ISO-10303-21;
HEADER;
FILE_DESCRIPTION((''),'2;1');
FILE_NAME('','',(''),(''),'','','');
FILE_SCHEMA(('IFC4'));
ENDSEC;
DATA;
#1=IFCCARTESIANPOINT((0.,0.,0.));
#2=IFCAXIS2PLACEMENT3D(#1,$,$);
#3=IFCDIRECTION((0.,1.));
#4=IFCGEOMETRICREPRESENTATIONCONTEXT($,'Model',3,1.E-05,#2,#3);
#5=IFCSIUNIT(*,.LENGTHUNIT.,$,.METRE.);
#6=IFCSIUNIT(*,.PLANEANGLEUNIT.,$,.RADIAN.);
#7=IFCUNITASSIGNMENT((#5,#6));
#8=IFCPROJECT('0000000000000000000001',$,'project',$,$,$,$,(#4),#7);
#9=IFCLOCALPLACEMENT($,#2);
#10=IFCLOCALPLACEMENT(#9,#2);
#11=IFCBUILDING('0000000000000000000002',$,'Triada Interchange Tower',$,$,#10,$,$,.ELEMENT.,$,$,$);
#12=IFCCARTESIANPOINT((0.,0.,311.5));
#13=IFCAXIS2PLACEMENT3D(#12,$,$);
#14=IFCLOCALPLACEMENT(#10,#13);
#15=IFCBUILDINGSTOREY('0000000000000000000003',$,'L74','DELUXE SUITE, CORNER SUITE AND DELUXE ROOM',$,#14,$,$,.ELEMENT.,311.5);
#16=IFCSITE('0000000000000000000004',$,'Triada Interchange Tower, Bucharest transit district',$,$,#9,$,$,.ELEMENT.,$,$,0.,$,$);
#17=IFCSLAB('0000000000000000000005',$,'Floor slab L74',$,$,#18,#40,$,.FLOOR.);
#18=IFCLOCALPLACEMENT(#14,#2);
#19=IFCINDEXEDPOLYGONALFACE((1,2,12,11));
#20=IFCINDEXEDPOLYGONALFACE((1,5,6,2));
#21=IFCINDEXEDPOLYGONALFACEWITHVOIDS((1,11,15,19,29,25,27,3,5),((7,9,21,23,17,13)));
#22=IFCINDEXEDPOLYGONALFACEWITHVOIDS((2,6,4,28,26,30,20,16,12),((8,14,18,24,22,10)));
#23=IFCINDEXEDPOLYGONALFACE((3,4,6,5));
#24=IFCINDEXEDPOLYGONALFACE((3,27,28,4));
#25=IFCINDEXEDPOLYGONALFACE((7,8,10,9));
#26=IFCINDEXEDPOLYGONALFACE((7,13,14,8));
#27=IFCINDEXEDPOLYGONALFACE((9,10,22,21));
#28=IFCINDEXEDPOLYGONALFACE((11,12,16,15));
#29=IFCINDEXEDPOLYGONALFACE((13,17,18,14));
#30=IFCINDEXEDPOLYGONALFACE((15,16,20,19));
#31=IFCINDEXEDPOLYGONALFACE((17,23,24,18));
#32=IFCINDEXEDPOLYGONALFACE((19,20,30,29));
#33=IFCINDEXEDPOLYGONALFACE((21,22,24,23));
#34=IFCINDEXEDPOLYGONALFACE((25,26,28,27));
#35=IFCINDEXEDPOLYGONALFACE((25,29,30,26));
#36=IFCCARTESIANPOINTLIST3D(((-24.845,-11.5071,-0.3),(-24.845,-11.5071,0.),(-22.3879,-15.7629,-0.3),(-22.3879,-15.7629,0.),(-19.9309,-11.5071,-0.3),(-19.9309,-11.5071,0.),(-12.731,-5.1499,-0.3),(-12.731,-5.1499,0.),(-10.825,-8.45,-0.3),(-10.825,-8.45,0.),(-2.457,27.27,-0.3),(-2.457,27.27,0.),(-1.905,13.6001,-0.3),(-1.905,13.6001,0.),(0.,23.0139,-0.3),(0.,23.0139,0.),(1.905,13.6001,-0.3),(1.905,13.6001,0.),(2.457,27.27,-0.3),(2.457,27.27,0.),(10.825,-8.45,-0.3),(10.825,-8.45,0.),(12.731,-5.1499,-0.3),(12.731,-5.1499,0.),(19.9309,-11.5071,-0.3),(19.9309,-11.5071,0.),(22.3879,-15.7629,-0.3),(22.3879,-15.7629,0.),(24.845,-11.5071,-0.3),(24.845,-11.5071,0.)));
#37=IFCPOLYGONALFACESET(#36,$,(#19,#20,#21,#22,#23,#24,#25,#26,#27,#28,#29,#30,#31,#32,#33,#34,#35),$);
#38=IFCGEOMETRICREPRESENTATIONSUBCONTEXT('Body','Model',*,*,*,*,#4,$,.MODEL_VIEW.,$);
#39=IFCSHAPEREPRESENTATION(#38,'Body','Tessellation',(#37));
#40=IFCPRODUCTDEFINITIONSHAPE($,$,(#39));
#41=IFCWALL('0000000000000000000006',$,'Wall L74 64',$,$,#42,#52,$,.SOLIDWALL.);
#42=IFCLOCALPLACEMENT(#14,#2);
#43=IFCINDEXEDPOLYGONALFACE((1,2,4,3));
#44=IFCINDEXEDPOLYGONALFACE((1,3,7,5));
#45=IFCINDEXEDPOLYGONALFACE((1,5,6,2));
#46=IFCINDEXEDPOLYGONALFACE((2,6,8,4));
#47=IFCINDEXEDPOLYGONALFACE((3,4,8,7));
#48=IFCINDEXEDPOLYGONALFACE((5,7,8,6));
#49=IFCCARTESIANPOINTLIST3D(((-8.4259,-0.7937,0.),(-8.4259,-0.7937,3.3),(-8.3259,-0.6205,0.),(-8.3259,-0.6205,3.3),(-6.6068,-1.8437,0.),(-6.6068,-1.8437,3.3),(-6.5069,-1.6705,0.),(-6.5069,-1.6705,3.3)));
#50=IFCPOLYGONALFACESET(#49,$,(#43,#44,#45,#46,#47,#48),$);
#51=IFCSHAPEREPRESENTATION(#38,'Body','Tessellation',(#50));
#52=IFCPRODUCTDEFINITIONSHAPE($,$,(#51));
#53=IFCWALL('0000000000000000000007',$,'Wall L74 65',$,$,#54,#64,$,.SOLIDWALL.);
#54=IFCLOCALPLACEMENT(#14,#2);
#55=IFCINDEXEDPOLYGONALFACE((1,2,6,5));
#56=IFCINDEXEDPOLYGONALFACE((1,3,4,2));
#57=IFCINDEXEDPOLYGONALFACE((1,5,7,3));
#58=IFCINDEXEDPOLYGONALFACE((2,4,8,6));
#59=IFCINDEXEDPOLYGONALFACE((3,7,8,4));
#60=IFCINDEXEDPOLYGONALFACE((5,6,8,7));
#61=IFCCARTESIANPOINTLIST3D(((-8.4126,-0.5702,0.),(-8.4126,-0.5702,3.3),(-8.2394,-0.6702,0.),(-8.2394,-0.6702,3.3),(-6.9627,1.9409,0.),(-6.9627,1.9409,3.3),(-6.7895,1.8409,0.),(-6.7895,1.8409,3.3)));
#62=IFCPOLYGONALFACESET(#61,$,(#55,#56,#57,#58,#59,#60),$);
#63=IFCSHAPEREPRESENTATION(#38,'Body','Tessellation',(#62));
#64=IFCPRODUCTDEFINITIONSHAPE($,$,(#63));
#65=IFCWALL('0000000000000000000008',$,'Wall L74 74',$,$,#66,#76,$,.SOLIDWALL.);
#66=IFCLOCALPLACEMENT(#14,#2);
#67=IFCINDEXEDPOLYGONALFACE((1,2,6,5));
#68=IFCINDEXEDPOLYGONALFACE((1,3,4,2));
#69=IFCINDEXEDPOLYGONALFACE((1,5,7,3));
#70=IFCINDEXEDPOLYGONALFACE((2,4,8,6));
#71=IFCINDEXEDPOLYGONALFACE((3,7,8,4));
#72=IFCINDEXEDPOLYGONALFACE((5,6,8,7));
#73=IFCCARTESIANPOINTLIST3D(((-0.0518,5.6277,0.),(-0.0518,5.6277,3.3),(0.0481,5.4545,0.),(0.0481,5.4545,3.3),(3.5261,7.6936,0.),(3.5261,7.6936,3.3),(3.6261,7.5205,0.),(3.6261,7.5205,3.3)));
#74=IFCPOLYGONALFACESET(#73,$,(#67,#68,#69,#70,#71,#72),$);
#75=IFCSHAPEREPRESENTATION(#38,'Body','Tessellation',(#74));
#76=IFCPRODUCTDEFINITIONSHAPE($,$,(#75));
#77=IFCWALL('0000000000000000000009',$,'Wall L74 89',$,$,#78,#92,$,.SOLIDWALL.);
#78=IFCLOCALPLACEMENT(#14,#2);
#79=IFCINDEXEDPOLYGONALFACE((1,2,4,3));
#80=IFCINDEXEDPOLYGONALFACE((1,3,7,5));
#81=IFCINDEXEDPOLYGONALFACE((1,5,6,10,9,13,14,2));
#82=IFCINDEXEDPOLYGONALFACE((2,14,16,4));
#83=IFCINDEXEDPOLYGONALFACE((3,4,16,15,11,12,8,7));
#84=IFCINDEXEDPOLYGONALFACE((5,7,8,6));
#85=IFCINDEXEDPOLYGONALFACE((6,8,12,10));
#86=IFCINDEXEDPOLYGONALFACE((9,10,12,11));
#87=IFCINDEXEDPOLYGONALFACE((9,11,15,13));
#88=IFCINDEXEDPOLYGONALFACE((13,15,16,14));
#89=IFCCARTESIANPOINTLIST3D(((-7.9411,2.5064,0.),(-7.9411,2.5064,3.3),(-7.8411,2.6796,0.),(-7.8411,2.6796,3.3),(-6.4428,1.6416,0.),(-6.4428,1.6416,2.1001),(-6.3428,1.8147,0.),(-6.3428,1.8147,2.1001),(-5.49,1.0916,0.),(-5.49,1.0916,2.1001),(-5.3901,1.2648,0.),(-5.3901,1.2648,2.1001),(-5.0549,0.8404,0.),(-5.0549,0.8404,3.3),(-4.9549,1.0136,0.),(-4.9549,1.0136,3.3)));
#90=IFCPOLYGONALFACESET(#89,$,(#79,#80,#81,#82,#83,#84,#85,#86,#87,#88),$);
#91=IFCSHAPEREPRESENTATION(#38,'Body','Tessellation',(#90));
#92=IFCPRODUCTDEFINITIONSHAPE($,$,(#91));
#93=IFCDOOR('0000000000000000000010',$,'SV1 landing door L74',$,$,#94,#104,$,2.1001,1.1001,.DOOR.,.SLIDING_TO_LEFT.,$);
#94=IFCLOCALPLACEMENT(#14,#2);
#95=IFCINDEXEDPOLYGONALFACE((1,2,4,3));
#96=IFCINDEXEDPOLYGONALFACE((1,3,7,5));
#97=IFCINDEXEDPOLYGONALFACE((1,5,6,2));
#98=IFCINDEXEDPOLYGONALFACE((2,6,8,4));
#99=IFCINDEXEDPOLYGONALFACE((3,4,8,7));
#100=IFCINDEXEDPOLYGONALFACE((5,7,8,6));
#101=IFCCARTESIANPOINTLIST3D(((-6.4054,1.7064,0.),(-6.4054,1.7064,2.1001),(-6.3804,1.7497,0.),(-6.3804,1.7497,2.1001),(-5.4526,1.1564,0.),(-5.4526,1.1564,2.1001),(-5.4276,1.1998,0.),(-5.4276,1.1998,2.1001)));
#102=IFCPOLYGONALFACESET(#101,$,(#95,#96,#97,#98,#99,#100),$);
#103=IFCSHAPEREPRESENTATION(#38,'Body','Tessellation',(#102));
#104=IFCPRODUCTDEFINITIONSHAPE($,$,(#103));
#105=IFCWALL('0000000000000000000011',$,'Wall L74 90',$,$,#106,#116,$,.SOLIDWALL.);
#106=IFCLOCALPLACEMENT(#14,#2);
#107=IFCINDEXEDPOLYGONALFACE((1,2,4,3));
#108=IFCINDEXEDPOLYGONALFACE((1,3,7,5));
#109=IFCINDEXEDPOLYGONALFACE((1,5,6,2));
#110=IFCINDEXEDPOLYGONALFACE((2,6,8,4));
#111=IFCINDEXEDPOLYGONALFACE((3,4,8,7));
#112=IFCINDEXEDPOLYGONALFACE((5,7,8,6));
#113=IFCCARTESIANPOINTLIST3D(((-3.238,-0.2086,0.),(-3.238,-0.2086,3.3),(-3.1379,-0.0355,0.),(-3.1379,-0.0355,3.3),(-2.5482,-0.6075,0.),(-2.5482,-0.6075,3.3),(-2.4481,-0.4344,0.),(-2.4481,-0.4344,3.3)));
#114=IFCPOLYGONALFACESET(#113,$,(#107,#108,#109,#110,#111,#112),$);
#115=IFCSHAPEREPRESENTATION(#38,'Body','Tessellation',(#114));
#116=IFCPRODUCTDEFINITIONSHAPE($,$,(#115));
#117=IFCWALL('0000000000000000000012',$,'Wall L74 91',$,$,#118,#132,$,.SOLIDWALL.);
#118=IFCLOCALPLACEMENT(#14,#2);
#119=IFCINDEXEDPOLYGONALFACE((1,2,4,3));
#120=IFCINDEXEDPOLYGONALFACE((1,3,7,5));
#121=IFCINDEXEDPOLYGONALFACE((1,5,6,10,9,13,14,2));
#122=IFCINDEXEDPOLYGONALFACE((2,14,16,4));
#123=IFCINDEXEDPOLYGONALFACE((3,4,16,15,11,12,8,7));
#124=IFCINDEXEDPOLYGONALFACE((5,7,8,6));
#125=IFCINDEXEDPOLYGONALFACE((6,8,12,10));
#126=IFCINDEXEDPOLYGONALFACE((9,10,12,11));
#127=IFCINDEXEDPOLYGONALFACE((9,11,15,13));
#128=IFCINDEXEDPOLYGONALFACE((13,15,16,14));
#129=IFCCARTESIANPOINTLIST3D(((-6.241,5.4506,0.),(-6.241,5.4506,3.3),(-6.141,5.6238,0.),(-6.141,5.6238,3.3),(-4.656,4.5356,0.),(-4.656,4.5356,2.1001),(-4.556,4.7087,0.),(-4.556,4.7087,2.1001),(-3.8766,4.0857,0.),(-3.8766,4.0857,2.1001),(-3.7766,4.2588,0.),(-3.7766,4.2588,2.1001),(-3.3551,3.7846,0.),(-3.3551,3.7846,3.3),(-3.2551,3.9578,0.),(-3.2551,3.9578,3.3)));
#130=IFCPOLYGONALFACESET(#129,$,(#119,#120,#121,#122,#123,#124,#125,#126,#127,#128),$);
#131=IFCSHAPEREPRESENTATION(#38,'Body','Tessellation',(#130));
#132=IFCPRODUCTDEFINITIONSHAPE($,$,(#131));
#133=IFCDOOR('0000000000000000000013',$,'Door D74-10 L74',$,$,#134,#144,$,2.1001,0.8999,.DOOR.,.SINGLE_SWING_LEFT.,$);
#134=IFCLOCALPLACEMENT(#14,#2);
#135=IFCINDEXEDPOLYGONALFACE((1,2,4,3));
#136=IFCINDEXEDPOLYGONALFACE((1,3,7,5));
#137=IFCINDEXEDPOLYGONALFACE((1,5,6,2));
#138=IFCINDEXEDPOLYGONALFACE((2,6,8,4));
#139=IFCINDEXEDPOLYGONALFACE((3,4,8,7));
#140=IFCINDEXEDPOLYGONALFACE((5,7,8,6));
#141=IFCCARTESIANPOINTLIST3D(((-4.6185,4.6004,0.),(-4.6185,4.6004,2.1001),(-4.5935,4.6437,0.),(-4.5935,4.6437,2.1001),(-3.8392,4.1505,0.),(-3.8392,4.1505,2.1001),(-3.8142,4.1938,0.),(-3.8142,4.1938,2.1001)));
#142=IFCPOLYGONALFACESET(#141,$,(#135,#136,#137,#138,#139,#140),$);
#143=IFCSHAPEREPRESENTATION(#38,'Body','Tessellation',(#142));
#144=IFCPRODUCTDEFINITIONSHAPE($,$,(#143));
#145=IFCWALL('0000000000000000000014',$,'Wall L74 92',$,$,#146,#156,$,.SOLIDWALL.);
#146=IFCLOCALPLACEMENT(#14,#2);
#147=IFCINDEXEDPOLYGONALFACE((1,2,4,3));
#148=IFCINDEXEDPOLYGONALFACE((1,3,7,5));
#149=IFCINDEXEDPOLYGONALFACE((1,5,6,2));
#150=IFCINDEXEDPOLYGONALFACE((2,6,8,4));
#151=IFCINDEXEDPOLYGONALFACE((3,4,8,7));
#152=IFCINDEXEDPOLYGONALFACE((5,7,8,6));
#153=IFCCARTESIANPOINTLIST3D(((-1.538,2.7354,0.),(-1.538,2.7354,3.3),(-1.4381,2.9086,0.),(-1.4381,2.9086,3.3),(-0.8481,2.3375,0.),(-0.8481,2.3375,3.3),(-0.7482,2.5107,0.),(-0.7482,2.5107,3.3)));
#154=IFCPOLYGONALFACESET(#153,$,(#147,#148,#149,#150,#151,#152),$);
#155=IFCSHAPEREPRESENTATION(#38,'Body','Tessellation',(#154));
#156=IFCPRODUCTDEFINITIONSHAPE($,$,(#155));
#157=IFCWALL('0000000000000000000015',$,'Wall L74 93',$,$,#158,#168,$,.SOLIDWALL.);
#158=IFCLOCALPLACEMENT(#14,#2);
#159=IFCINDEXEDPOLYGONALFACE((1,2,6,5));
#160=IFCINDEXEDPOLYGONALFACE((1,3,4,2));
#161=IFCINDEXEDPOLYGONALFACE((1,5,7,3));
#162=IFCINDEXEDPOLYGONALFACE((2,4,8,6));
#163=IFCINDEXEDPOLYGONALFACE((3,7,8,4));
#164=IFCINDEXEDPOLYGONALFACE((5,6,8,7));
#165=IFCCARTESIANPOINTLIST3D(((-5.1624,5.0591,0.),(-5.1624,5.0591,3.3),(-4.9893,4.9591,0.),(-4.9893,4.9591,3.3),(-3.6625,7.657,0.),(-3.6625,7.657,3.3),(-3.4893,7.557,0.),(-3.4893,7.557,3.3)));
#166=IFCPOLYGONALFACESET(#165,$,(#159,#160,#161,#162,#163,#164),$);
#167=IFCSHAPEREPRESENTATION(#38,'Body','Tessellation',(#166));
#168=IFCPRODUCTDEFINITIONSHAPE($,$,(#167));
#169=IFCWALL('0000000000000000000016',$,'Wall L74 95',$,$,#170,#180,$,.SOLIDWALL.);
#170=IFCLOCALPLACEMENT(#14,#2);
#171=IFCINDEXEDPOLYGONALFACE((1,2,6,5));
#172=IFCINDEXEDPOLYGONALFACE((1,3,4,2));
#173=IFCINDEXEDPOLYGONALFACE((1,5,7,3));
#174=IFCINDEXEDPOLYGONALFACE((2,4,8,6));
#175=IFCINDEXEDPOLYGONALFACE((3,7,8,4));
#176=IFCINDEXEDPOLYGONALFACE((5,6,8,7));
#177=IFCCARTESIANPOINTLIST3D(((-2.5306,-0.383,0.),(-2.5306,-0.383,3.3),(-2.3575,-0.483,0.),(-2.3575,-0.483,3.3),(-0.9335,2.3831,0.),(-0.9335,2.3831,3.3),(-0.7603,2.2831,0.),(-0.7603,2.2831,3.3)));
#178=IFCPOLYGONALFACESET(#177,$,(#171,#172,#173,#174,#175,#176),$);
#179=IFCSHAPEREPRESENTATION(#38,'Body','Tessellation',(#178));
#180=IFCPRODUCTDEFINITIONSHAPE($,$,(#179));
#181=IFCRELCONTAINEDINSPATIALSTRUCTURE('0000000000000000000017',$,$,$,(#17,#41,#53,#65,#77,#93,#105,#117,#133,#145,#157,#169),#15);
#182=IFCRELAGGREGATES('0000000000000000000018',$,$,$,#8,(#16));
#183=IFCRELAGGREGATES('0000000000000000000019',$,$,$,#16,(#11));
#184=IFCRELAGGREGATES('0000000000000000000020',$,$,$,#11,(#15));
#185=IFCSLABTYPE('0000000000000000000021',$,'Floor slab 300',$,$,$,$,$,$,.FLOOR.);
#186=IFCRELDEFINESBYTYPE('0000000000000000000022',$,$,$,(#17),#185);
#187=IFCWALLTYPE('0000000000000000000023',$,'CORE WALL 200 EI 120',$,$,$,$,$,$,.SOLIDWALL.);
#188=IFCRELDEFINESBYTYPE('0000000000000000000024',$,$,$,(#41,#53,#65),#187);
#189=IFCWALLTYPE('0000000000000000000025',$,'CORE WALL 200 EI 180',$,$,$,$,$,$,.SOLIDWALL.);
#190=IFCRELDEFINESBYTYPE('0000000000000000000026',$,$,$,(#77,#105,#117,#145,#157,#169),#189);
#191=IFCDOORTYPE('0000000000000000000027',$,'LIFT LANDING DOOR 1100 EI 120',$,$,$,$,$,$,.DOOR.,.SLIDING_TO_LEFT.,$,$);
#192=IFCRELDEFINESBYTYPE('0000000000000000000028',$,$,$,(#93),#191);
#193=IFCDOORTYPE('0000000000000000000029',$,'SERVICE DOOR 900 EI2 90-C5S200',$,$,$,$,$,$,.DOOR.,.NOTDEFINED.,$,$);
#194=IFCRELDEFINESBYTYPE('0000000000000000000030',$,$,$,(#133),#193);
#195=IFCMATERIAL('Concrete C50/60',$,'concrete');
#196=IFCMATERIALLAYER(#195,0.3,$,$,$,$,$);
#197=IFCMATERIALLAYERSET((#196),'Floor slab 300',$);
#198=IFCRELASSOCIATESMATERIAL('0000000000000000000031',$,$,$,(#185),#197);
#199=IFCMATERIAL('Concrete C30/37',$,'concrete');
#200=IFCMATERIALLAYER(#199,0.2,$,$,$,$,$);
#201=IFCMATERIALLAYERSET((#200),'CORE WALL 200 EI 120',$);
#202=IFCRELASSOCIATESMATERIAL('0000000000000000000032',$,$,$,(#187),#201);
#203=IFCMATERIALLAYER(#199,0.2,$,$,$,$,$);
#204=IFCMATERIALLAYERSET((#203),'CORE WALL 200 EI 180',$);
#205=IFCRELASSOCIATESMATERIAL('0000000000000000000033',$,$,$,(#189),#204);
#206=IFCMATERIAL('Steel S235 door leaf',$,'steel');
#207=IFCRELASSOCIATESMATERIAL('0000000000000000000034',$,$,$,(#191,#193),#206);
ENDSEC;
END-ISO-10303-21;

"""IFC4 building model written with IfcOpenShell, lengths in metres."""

from ifc_helpers import new_model, si_unit, direction, frame, frame_2d, origin, place, context, subcontext, project, spatial, polyline, rectangle, outline, extrude, material, layer, layer_set, type_object, element, fill, save


model = new_model("IFC4")

# Units and contexts
model_context = context("Model", 3, precision=1e-05, world=origin(), true_north=direction((0.0, 1.0)))
body_context = subcontext(model_context, "Body", "Model", "MODEL_VIEW")
ifc_project = project(units=[si_unit("LENGTHUNIT", "METRE"), si_unit("PLANEANGLEUNIT", "RADIAN")], contexts=[model_context])

# Site, building, storey
site_placement = place(None, origin())
site = spatial("IfcSite", under=ifc_project, at=site_placement, Name="Triada Interchange Tower, Bucharest transit district", CompositionType="ELEMENT", RefElevation=0.0)
building_placement = place(site_placement, origin())
building = spatial("IfcBuilding", under=site, at=building_placement, Name="Triada Interchange Tower", CompositionType="ELEMENT")
storey_placement = place(building_placement, frame((0.0, 0.0, 311.5)))
storey = spatial("IfcBuildingStorey", under=building, at=storey_placement, Name="L74", Description="DELUXE SUITE, CORNER SUITE AND DELUXE ROOM", CompositionType="ELEMENT", Elevation=311.5)

# Slab
ifc_material_1 = material(Name="Concrete C50/60", Category="concrete")
ifc_layer_1 = layer(ifc_material_1, 0.3)
ifc_layer_set_1 = layer_set([ifc_layer_1], Name="Floor slab 300")
slab_type = type_object("IfcSlabType", Name="Floor slab 300", PredefinedType="FLOOR", material=ifc_layer_set_1)
slab_placement = place(storey_placement, frame((0.0, 0.0, -0.3)))
element("IfcSlab", 1, at=slab_placement, inside=storey, type_object=slab_type, Name="Floor slab L74", PredefinedType="FLOOR", context=body_context, shape_type="SweptSolid", body=[
    extrude(outline(polyline([(-2.457, 27.27), (-24.845, -11.5071), (-19.9309, -11.5071), (-22.3879, -15.7629), (22.3879, -15.7629), (19.9309, -11.5071), (24.845, -11.5071), (2.457, 27.27), (0.0, 23.0139), (-2.457, 27.27)]), holes=[polyline([(1.905, 13.6001), (-1.905, 13.6001), (-12.731, -5.1499), (-10.825, -8.45), (10.825, -8.45), (12.731, -5.1499), (1.905, 13.6001)])]), origin(), (0.0, 0.0, 1.0), 0.3),
])

# Walls
ifc_material_2 = material(Name="Concrete C30/37", Category="concrete")
ifc_layer_2 = layer(ifc_material_2, 0.2)
ifc_layer_set_2 = layer_set([ifc_layer_2], Name="CORE WALL 200 EI 120")
wall_type_1 = type_object("IfcWallType", Name="CORE WALL 200 EI 120", PredefinedType="SOLIDWALL", material=ifc_layer_set_2)
wall_1_placement = place(storey_placement, frame((-8.376, -0.707, 0.0), z_axis=(0.0, 0.0, 1.0), x_axis=(0.866068, -0.499927, 0.0)))
element("IfcWall", 2, at=wall_1_placement, inside=storey, type_object=wall_type_1, Name="Wall L74 64", PredefinedType="SOLIDWALL", context=body_context, shape_type="SweptSolid", body=[
    extrude(rectangle(XDim=2.1003, YDim=0.2, at=frame_2d((1.0503, 0.0))), origin(), (0.0, 0.0, 1.0), 3.3),
])
wall_2_placement = place(storey_placement, frame((-8.3259, -0.6201, 0.0), z_axis=(0.0, 0.0, 1.0), x_axis=(0.500024, 0.866012, 0.0)))
element("IfcWall", 3, at=wall_2_placement, inside=storey, type_object=wall_type_1, Name="Wall L74 65", PredefinedType="SOLIDWALL", context=body_context, shape_type="SweptSolid", body=[
    extrude(rectangle(XDim=2.8997, YDim=0.2, at=frame_2d((1.4497, 0.0))), origin(), (0.0, 0.0, 1.0), 3.3),
])
wall_3_placement = place(storey_placement, frame((-0.002, 5.541, 0.0), z_axis=(0.0, 0.0, 1.0), x_axis=(0.866002, 0.500041, 0.0)))
element("IfcWall", 4, at=wall_3_placement, inside=storey, type_object=wall_type_1, Name="Wall L74 74", PredefinedType="SOLIDWALL", context=body_context, shape_type="SweptSolid", body=[
    extrude(rectangle(XDim=4.1316, YDim=0.2, at=frame_2d((2.0659, 0.0))), origin(), (0.0, 0.0, 1.0), 3.3),
])

# Wall, opening, door
ifc_layer_3 = layer(ifc_material_2, 0.2)
ifc_layer_set_3 = layer_set([ifc_layer_3], Name="CORE WALL 200 EI 180")
wall_type_2 = type_object("IfcWallType", Name="CORE WALL 200 EI 180", PredefinedType="SOLIDWALL", material=ifc_layer_set_3)
wall_4_placement = place(storey_placement, frame((-7.8911, 2.593, 0.0), z_axis=(0.0, 0.0, 1.0), x_axis=(0.866071, -0.499921, 0.0)))
wall_4 = element("IfcWall", 5, at=wall_4_placement, inside=storey, type_object=wall_type_2, Name="Wall L74 89", PredefinedType="SOLIDWALL", context=body_context, shape_type="SweptSolid", body=[
    extrude(rectangle(XDim=3.3325, YDim=0.2, at=frame_2d((1.6663, 0.0))), origin(), (0.0, 0.0, 1.0), 3.3),
])
opening_1_placement = place(wall_4_placement, frame((1.73, 0.0, 0.0)))
opening_1 = element("IfcOpeningElement", 6, at=opening_1_placement, cuts=wall_4, PredefinedType="OPENING", context=body_context, shape_type="SweptSolid", body=[
    extrude(rectangle(XDim=1.1001, YDim=2.1001, at=frame_2d((0.55, 1.05))), frame((0.0, 0.1099, 0.0), z_axis=(0.0, -1.0, 0.0), x_axis=(1.0, 0.0, 0.0)), (0.0, 0.0, 1.0), 0.22),
])
ifc_material_3 = material(Name="Steel S235 door leaf", Category="steel")
door_type_1 = type_object("IfcDoorType", Name="LIFT LANDING DOOR 1100 EI 120", OperationType="SLIDING_TO_LEFT", PredefinedType="DOOR", material=ifc_material_3)
door_1_placement = place(opening_1_placement, origin())
door_1 = element("IfcDoor", 7, at=door_1_placement, inside=storey, type_object=door_type_1, Name="SV1 landing door L74", OperationType="SLIDING_TO_LEFT", OverallHeight=2.1001, OverallWidth=1.1001, PredefinedType="DOOR", context=body_context, shape_type="SweptSolid", body=[
    extrude(rectangle(XDim=1.1001, YDim=2.1001, at=frame_2d((0.55, 1.05))), frame((0.0, 0.0249, 0.0), z_axis=(0.0, -1.0, 0.0), x_axis=(1.0, 0.0, 0.0)), (0.0, 0.0, 1.0), 0.05),
])
fill(opening_1, door_1)

# Wall
wall_5_placement = place(storey_placement, frame((-3.188, -0.1221, 0.0), z_axis=(0.0, 0.0, 1.0), x_axis=(0.865706, -0.500553, 0.0)))
element("IfcWall", 8, at=wall_5_placement, inside=storey, type_object=wall_type_2, Name="Wall L74 90", PredefinedType="SOLIDWALL", context=body_context, shape_type="SweptSolid", body=[
    extrude(rectangle(XDim=0.7969, YDim=0.2, at=frame_2d((0.3984, 0.0))), origin(), (0.0, 0.0, 1.0), 3.3),
])

# Wall, opening, door
wall_6_placement = place(storey_placement, frame((-6.1909, 5.5371, 0.0), z_axis=(0.0, 0.0, 1.0), x_axis=(0.866053, -0.499953, 0.0)))
wall_6 = element("IfcWall", 9, at=wall_6_placement, inside=storey, type_object=wall_type_2, Name="Wall L74 91", PredefinedType="SOLIDWALL", context=body_context, shape_type="SweptSolid", body=[
    extrude(rectangle(XDim=3.3323, YDim=0.2, at=frame_2d((1.666, 0.0))), origin(), (0.0, 0.0, 1.0), 3.3),
])
opening_2_placement = place(wall_6_placement, frame((1.8301, 0.0, 0.0)))
opening_2 = element("IfcOpeningElement", 10, at=opening_2_placement, cuts=wall_6, PredefinedType="OPENING", context=body_context, shape_type="SweptSolid", body=[
    extrude(rectangle(XDim=0.8999, YDim=2.1001, at=frame_2d((0.45, 1.05))), frame((0.0, 0.1099, 0.0), z_axis=(0.0, -1.0, 0.0), x_axis=(1.0, 0.0, 0.0)), (0.0, 0.0, 1.0), 0.22),
])
door_type_2 = type_object("IfcDoorType", Name="SERVICE DOOR 900 EI2 90-C5S200", OperationType="NOTDEFINED", PredefinedType="DOOR", material=ifc_material_3)
door_2_placement = place(opening_2_placement, origin())
door_2 = element("IfcDoor", 11, at=door_2_placement, inside=storey, type_object=door_type_2, Name="Door D74-10 L74", OperationType="SINGLE_SWING_LEFT", OverallHeight=2.1001, OverallWidth=0.8999, PredefinedType="DOOR", context=body_context, shape_type="SweptSolid", body=[
    extrude(rectangle(XDim=0.8999, YDim=2.1001, at=frame_2d((0.45, 1.05))), frame((0.0, 0.0249, 0.0), z_axis=(0.0, -1.0, 0.0), x_axis=(1.0, 0.0, 0.0)), (0.0, 0.0, 1.0), 0.05),
])
fill(opening_2, door_2)

# Walls
wall_7_placement = place(storey_placement, frame((-1.488, 2.822, 0.0), z_axis=(0.0, 0.0, 1.0), x_axis=(0.866237, -0.499634, 0.0)))
element("IfcWall", 12, at=wall_7_placement, inside=storey, type_object=wall_type_2, Name="Wall L74 92", PredefinedType="SOLIDWALL", context=body_context, shape_type="SweptSolid", body=[
    extrude(rectangle(XDim=0.7964, YDim=0.2, at=frame_2d((0.3982, 0.0))), origin(), (0.0, 0.0, 1.0), 3.3),
])
wall_8_placement = place(storey_placement, frame((-5.0759, 5.009, 0.0), z_axis=(0.0, 0.0, 1.0), x_axis=(0.500025, 0.866011, 0.0)))
element("IfcWall", 13, at=wall_8_placement, inside=storey, type_object=wall_type_2, Name="Wall L74 93", PredefinedType="SOLIDWALL", context=body_context, shape_type="SweptSolid", body=[
    extrude(rectangle(XDim=2.9998, YDim=0.2, at=frame_2d((1.5, 0.0))), origin(), (0.0, 0.0, 1.0), 3.3),
])
wall_9_placement = place(storey_placement, frame((-2.4441, -0.4331, 0.0), z_axis=(0.0, 0.0, 1.0), x_axis=(0.500036, 0.866005, 0.0)))
element("IfcWall", 14, at=wall_9_placement, inside=storey, type_object=wall_type_2, Name="Wall L74 95", PredefinedType="SOLIDWALL", context=body_context, shape_type="SweptSolid", body=[
    extrude(rectangle(XDim=3.1941, YDim=0.2, at=frame_2d((1.5972, 0.0))), origin(), (0.0, 0.0, 1.0), 3.3),
])

save(model, "model.ifc")
